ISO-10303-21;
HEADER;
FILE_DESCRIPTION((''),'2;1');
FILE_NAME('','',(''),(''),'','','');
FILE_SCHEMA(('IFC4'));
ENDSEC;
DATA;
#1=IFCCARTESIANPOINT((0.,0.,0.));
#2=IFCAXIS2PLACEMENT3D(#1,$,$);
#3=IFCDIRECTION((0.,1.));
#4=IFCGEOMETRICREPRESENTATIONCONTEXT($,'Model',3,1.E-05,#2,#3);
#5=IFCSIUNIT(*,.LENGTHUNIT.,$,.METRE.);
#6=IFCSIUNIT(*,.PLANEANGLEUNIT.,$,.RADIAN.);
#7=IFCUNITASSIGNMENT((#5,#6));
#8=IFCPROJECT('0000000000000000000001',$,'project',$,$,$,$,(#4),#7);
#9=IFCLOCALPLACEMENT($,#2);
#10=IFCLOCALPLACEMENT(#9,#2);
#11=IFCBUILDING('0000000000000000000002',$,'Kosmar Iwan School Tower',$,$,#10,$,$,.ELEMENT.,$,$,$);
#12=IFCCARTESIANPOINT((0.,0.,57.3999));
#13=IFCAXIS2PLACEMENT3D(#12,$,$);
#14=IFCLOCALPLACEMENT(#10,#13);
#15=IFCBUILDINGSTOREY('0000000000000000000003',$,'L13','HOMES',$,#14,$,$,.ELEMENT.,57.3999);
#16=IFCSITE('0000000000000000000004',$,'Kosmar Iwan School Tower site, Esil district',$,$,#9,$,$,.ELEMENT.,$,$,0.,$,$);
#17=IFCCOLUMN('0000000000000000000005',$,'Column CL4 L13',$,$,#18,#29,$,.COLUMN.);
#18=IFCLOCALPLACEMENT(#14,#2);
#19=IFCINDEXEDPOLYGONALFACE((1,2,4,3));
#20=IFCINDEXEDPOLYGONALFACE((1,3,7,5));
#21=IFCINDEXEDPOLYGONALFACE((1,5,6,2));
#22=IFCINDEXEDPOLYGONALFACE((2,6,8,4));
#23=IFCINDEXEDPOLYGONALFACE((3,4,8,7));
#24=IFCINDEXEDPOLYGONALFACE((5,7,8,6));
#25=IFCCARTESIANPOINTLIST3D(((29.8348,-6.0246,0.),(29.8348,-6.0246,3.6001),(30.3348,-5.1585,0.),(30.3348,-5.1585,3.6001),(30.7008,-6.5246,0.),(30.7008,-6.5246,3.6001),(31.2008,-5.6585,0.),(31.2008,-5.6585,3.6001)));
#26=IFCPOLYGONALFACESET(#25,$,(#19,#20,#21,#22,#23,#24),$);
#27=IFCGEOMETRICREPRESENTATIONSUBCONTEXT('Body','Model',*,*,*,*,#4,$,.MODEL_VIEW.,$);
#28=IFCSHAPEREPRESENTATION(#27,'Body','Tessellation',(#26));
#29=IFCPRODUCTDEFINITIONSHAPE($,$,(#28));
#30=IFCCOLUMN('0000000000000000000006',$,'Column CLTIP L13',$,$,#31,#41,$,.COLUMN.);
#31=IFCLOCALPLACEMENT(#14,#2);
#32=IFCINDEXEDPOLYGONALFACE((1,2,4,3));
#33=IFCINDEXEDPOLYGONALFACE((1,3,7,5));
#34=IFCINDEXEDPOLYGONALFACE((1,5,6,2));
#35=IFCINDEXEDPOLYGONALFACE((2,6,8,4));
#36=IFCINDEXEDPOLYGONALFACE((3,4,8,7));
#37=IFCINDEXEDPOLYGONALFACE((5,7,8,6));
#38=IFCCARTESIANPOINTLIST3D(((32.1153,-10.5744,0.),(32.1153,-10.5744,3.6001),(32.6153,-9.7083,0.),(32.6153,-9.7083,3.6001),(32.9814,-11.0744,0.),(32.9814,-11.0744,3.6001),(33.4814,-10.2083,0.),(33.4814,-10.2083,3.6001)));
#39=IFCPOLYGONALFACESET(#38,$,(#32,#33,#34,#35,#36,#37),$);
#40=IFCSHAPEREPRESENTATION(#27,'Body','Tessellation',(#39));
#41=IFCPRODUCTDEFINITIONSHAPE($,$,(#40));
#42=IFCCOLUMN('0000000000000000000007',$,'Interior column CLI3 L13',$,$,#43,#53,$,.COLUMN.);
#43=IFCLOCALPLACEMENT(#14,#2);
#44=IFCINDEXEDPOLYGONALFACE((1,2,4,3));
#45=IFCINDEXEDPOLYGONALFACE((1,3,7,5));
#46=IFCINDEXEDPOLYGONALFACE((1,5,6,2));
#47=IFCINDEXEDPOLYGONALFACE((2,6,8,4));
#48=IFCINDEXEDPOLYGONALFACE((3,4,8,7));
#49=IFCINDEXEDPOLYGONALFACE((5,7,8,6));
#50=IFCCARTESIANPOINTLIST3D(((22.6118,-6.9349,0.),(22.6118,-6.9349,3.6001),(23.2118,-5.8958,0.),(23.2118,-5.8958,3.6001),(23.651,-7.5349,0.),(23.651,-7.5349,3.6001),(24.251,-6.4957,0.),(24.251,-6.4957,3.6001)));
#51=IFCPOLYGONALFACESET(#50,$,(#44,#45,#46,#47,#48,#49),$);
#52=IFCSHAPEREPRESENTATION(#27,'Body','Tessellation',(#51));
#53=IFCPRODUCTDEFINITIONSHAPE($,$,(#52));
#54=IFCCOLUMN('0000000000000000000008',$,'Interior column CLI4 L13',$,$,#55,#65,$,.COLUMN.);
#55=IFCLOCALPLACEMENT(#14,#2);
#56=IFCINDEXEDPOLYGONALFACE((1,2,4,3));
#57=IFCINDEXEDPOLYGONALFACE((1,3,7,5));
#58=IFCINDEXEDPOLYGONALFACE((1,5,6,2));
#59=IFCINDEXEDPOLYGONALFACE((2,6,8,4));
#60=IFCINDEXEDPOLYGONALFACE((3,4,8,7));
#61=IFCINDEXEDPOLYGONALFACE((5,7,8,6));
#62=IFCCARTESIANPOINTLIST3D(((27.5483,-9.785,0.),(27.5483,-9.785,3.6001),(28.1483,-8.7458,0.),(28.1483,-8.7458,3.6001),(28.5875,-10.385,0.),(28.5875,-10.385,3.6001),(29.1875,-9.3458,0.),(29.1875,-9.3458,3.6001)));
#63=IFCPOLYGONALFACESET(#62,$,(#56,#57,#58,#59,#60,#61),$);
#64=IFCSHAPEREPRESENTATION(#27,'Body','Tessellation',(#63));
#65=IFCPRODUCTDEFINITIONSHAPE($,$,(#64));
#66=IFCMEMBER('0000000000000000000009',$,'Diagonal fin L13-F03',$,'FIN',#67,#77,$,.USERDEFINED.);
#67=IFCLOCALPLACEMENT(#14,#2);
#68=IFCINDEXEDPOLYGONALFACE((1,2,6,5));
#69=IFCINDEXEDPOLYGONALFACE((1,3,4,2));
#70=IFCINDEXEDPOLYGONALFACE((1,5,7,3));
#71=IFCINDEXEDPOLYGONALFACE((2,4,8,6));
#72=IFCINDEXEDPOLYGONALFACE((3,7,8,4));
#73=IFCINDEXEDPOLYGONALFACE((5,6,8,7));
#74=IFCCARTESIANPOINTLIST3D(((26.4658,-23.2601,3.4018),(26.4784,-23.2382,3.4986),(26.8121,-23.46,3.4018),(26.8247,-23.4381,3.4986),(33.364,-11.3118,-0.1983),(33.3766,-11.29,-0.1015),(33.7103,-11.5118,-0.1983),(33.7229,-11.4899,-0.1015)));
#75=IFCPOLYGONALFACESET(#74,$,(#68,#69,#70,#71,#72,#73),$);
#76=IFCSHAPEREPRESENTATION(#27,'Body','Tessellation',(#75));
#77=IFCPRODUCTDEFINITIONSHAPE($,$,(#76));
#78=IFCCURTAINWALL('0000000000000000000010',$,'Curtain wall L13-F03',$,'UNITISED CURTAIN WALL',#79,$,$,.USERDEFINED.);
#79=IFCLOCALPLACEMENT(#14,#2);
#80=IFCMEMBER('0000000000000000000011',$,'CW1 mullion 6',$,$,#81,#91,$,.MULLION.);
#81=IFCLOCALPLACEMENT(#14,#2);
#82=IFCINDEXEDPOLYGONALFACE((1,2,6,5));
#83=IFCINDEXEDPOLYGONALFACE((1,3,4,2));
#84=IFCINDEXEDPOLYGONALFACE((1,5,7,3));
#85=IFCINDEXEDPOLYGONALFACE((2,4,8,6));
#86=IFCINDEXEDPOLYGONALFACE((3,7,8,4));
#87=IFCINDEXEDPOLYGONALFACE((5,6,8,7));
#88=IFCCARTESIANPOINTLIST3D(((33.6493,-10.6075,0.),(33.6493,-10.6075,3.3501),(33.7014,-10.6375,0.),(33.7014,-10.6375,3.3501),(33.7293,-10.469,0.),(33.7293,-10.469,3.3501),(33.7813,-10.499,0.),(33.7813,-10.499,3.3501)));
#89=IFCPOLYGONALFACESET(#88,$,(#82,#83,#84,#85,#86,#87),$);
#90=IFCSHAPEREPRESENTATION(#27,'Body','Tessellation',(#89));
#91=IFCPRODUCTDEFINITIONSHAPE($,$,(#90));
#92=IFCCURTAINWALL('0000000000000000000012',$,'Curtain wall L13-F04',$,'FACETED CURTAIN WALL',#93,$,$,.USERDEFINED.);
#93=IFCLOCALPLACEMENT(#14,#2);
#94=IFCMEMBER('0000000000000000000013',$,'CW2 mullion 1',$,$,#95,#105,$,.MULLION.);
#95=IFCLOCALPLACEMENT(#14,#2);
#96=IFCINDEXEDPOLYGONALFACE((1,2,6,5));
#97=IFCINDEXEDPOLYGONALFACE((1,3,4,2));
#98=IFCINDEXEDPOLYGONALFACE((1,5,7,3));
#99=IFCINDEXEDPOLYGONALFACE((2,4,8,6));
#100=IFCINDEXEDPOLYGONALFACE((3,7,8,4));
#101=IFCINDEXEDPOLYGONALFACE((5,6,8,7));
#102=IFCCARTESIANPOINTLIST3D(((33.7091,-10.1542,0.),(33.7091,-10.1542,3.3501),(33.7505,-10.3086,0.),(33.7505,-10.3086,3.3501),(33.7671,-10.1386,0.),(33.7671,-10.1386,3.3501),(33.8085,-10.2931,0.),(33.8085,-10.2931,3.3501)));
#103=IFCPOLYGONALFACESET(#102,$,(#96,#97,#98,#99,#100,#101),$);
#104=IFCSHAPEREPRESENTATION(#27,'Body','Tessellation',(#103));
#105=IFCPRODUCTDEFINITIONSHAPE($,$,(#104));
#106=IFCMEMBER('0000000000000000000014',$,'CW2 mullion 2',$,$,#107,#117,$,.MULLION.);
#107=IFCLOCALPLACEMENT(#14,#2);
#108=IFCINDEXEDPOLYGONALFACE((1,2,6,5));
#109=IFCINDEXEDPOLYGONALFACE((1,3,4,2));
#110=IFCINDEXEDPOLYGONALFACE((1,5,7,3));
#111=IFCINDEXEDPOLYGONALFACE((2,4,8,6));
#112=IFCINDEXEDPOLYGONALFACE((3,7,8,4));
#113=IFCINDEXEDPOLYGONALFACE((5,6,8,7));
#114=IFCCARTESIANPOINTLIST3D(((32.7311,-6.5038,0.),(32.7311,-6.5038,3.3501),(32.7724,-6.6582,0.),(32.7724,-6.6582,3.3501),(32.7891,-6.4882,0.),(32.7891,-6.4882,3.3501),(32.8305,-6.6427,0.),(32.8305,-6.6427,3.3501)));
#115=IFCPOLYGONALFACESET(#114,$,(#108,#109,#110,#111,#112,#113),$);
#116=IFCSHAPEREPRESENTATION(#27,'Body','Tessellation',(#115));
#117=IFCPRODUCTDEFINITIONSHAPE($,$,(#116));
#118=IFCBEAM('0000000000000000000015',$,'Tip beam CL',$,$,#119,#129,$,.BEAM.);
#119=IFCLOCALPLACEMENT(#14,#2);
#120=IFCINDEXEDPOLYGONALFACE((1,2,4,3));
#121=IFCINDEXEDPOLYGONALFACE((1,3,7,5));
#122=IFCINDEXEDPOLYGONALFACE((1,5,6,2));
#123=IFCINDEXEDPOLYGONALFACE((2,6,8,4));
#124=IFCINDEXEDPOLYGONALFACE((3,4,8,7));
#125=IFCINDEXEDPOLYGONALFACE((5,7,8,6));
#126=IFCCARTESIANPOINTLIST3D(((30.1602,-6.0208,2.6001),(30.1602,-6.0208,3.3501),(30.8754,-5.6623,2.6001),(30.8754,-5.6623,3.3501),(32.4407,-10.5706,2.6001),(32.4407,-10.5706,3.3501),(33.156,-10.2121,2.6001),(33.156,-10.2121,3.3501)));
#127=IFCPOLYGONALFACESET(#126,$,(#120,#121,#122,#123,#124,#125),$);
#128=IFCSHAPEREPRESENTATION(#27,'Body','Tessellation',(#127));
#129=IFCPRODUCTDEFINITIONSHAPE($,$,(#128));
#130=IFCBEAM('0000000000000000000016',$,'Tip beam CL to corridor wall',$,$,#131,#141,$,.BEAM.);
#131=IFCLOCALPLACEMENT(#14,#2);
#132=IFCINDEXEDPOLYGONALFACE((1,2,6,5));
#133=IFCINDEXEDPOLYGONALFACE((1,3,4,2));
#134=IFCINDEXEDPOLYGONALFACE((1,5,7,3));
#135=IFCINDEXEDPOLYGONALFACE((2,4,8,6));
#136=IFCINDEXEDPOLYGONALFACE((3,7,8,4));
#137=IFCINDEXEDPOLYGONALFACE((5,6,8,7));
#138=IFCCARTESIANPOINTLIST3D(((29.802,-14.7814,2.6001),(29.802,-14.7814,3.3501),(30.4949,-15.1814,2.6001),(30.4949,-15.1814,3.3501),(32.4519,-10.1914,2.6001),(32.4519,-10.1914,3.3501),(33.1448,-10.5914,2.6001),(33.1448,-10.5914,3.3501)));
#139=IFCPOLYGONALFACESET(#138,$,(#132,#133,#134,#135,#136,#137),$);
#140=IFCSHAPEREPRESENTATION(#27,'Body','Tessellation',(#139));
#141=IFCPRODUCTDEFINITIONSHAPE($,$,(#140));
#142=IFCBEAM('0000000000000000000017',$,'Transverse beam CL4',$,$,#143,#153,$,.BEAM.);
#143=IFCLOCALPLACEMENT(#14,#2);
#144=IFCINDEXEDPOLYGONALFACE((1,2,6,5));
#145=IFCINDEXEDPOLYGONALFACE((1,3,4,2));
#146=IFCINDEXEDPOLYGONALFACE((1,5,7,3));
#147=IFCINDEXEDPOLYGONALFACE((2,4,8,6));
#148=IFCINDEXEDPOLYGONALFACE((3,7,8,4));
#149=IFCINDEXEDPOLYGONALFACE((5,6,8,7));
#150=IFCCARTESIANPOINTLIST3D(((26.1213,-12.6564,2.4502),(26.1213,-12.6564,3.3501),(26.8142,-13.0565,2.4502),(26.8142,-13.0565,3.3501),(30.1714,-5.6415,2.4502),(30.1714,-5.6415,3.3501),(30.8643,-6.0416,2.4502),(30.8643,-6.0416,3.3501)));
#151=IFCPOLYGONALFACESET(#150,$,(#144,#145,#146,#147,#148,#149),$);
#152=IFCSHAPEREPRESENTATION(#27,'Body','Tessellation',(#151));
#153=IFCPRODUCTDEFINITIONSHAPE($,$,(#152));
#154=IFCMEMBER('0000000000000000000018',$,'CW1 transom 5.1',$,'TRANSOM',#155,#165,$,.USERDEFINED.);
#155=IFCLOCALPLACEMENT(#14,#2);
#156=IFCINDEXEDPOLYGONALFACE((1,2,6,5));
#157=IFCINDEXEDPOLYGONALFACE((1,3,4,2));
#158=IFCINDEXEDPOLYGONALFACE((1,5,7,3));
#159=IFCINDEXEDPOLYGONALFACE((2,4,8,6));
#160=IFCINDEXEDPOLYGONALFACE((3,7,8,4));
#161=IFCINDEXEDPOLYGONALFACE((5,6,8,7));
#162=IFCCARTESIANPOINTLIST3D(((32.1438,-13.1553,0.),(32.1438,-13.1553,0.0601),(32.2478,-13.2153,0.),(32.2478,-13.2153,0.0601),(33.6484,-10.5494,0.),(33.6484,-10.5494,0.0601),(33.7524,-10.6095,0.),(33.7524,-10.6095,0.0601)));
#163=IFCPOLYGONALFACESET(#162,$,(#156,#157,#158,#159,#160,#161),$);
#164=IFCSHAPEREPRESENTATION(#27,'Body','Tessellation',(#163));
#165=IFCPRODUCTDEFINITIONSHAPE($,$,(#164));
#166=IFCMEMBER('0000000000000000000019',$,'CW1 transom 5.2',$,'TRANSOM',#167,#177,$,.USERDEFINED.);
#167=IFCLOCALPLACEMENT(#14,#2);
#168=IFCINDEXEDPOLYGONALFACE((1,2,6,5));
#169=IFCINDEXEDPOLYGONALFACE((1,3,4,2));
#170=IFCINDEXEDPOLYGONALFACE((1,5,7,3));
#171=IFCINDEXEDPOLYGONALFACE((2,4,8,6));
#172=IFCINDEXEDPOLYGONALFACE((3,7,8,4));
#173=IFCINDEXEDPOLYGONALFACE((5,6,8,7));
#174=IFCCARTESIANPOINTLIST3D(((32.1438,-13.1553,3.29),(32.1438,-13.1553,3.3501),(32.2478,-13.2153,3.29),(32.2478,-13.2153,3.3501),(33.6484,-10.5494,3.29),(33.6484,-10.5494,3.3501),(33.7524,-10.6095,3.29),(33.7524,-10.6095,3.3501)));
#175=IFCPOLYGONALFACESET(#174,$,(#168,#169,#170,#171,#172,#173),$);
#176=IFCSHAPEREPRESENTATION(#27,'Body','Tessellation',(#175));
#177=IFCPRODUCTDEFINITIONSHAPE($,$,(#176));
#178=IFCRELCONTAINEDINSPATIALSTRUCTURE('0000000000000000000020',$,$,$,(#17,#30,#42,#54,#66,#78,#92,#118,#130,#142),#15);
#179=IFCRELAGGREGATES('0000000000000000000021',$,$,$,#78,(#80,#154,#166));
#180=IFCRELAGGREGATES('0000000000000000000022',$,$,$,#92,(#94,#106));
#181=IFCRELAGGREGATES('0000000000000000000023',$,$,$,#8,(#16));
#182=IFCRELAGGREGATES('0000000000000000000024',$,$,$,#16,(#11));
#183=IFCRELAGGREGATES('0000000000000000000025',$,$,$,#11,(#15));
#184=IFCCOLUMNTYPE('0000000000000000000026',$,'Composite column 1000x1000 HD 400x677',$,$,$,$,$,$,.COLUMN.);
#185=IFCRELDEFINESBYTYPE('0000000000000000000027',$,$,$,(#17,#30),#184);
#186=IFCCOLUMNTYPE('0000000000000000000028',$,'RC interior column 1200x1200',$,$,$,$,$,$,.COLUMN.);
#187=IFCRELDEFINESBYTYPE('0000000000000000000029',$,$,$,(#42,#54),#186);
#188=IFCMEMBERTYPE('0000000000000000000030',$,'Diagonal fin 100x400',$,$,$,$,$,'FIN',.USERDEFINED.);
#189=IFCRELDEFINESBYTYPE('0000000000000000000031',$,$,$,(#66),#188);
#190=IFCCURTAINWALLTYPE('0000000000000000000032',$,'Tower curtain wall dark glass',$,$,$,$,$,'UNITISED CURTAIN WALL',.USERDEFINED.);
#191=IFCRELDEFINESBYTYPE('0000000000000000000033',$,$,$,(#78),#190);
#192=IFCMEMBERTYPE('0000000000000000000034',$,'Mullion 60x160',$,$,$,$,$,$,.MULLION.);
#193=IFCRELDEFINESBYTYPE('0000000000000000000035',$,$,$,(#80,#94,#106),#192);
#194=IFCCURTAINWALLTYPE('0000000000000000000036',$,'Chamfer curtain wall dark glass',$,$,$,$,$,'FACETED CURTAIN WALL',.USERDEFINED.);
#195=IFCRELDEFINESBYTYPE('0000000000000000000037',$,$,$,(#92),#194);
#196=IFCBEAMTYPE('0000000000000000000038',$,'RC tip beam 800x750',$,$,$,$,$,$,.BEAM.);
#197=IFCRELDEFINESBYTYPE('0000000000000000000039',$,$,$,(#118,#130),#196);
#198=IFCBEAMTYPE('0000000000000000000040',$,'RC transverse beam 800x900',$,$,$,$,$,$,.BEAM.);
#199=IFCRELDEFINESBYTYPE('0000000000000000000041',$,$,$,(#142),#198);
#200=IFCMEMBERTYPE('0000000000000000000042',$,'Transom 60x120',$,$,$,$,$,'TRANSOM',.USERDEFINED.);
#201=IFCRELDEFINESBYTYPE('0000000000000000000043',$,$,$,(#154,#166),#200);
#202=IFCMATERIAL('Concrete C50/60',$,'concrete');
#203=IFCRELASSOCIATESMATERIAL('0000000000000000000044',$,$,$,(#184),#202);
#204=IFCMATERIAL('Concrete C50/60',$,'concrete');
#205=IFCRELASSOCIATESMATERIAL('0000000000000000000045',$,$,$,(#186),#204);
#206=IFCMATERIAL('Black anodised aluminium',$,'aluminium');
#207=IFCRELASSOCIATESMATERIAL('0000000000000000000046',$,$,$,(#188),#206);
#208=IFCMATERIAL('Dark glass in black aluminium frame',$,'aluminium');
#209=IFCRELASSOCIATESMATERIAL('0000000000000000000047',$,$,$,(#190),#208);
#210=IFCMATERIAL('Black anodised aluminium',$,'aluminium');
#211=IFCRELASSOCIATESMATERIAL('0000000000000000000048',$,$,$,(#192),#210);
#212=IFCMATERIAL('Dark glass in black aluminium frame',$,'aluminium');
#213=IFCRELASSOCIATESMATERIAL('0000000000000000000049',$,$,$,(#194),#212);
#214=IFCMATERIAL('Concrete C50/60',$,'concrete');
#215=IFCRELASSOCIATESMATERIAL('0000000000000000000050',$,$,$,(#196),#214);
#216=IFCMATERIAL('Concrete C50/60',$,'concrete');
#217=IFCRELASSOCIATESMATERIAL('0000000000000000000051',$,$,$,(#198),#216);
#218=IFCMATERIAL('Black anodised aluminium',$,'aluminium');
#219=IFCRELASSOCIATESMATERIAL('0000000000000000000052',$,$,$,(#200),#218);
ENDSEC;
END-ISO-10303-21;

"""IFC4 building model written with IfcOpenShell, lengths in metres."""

from ifc_helpers import new_model, si_unit, direction, frame, origin, origin_2d, place, context, subcontext, project, spatial, rectangle, extrude, material, material_profile, profile_set, type_object, element, aggregate, save


model = new_model("IFC4")

# Units and contexts
model_context = context("Model", 3, precision=1e-05, world=origin(), true_north=direction((0.0, 1.0)))
body_context = subcontext(model_context, "Body", "Model", "MODEL_VIEW")
ifc_project = project(units=[si_unit("LENGTHUNIT", "METRE"), si_unit("PLANEANGLEUNIT", "RADIAN")], contexts=[model_context])

# Site, building, storey
site_placement = place(None, origin())
site = spatial("IfcSite", under=ifc_project, at=site_placement, Name="Kosmar Iwan School Tower site, Esil district", CompositionType="ELEMENT", RefElevation=0.0)
building_placement = place(site_placement, origin())
building = spatial("IfcBuilding", under=site, at=building_placement, Name="Kosmar Iwan School Tower", CompositionType="ELEMENT")
storey_placement = place(building_placement, frame((0.0, 0.0, 57.3999)))
storey = spatial("IfcBuildingStorey", under=building, at=storey_placement, Name="L13", Description="HOMES", CompositionType="ELEMENT", Elevation=57.3999)

# Columns
ifc_material_1 = material(Name="Concrete C50/60", Category="concrete")
ifc_material_profile_1 = material_profile(ifc_material_1, rectangle(XDim=1.0, YDim=1.0, at=origin_2d()), Name="RC 1000x1000 + HD 400x677")
ifc_profile_set_1 = profile_set([ifc_material_profile_1], Name="Concrete C50/60")
column_type_1 = type_object("IfcColumnType", Name="Composite column 1000x1000 HD 400x677", PredefinedType="COLUMN", material=ifc_profile_set_1)
for number, where, z_axis, x_axis, name in (
    (1, (30.5178, -5.8416, 0.0), (0.0, 0.0, 1.0), (0.866025, -0.5, 0.0), "Column CL4 L13"),
    (2, (32.7983, -10.3914, 0.0), (0.0, 0.0, 1.0), (0.866025, -0.5, 0.0), "Column CLTIP L13"),
):
    element("IfcColumn", number, at=place(storey_placement, frame(where, z_axis=z_axis, x_axis=x_axis)), inside=storey, type_object=column_type_1, Name=name, PredefinedType="COLUMN", context=body_context, shape_type="SweptSolid", body=[
        extrude(rectangle(XDim=1.0, YDim=1.0, at=origin_2d()), origin(), (0.0, 0.0, 1.0), 3.6001),
    ])
ifc_material_2 = material(Name="Concrete C50/60", Category="concrete")
ifc_material_profile_2 = material_profile(ifc_material_2, rectangle(XDim=1.2, YDim=1.2, at=origin_2d()), Name="RC 1200x1200")
ifc_profile_set_2 = profile_set([ifc_material_profile_2], Name="Concrete C50/60")
column_type_2 = type_object("IfcColumnType", Name="RC interior column 1200x1200", PredefinedType="COLUMN", material=ifc_profile_set_2)
for number, where, z_axis, x_axis, name in (
    (3, (23.4314, -6.7153, 0.0), (0.0, 0.0, 1.0), (0.866025, -0.5, 0.0), "Interior column CLI3 L13"),
    (4, (28.3679, -9.5654, 0.0), (0.0, 0.0, 1.0), (0.866025, -0.5, 0.0), "Interior column CLI4 L13"),
):
    element("IfcColumn", number, at=place(storey_placement, frame(where, z_axis=z_axis, x_axis=x_axis)), inside=storey, type_object=column_type_2, Name=name, PredefinedType="COLUMN", context=body_context, shape_type="SweptSolid", body=[
        extrude(rectangle(XDim=1.2, YDim=1.2, at=origin_2d()), origin(), (0.0, 0.0, 1.0), 3.6001),
    ])

# Member
ifc_material_3 = material(Name="Black anodised aluminium", Category="aluminium")
ifc_material_profile_3 = material_profile(ifc_material_3, rectangle(XDim=0.1001, YDim=0.3999, at=origin_2d()), Name="FIN 100x400")
ifc_profile_set_3 = profile_set([ifc_material_profile_3], Name="Black anodised aluminium")
member_type_1 = type_object("IfcMemberType", Name="Diagonal fin 100x400", ElementType="FIN", PredefinedType="USERDEFINED", material=ifc_profile_set_3)
member_1_placement = place(storey_placement, frame((33.5435, -11.4009, -0.1499), z_axis=(-0.483793, -0.83797, 0.252487), x_axis=(0.126242, 0.218661, 0.9676)))
element("IfcMember", 5, at=member_1_placement, inside=storey, type_object=member_type_1, Name="Diagonal fin L13-F03", ObjectType="FIN", PredefinedType="USERDEFINED", context=body_context, shape_type="SweptSolid", body=[
    extrude(rectangle(XDim=0.1001, YDim=0.3999, at=origin_2d()), origin(), (0.0, 0.0, 1.0), 14.2585),
])

# Curtain wall, member
ifc_material_4 = material(Name="Dark glass in black aluminium frame", Category="aluminium")
curtain_wall_type_1 = type_object("IfcCurtainWallType", Name="Tower curtain wall dark glass", ElementType="UNITISED CURTAIN WALL", PredefinedType="USERDEFINED", material=ifc_material_4)
curtain_wall_1_placement = place(storey_placement, origin())
curtain_wall_1 = element("IfcCurtainWall", 6, at=curtain_wall_1_placement, inside=storey, type_object=curtain_wall_type_1, Name="Curtain wall L13-F03", ObjectType="UNITISED CURTAIN WALL", PredefinedType="USERDEFINED")
ifc_material_5 = material(Name="Black anodised aluminium", Category="aluminium")
ifc_material_profile_4 = material_profile(ifc_material_5, rectangle(XDim=0.0601, YDim=0.1599, at=origin_2d()), Name="MULLION 60x160")
ifc_profile_set_4 = profile_set([ifc_material_profile_4], Name="Black anodised aluminium")
member_type_2 = type_object("IfcMemberType", Name="Mullion 60x160", PredefinedType="MULLION", material=ifc_profile_set_4)
member_2_placement = place(storey_placement, frame((33.7153, -10.5532, 0.0), z_axis=(0.0, 0.0, 1.0), x_axis=(-0.866025, 0.5, 0.0)))
member_2 = element("IfcMember", 7, at=member_2_placement, type_object=member_type_2, Name="CW1 mullion 6", PredefinedType="MULLION", context=body_context, shape_type="SweptSolid", body=[
    extrude(rectangle(XDim=0.0601, YDim=0.1599, at=origin_2d()), origin(), (0.0, 0.0, 1.0), 3.3501),
])

# Curtain wall, members
ifc_material_6 = material(Name="Dark glass in black aluminium frame", Category="aluminium")
curtain_wall_type_2 = type_object("IfcCurtainWallType", Name="Chamfer curtain wall dark glass", ElementType="FACETED CURTAIN WALL", PredefinedType="USERDEFINED", material=ifc_material_6)
curtain_wall_2_placement = place(storey_placement, origin())
curtain_wall_2 = element("IfcCurtainWall", 8, at=curtain_wall_2_placement, inside=storey, type_object=curtain_wall_type_2, Name="Curtain wall L13-F04", ObjectType="FACETED CURTAIN WALL", PredefinedType="USERDEFINED")
member_3_placement = place(storey_placement, frame((33.7588, -10.2236, 0.0), z_axis=(0.0, 0.0, 1.0), x_axis=(-0.965926, -0.258819, 0.0)))
member_3 = element("IfcMember", 9, at=member_3_placement, type_object=member_type_2, Name="CW2 mullion 1", PredefinedType="MULLION", context=body_context, shape_type="SweptSolid", body=[
    extrude(rectangle(XDim=0.0601, YDim=0.1599, at=origin_2d()), origin(), (0.0, 0.0, 1.0), 3.3501),
])
member_4_placement = place(storey_placement, frame((32.7808, -6.5732, 0.0), z_axis=(0.0, 0.0, 1.0), x_axis=(-0.965926, -0.258819, 0.0)))
member_4 = element("IfcMember", 10, at=member_4_placement, type_object=member_type_2, Name="CW2 mullion 2", PredefinedType="MULLION", context=body_context, shape_type="SweptSolid", body=[
    extrude(rectangle(XDim=0.0601, YDim=0.1599, at=origin_2d()), origin(), (0.0, 0.0, 1.0), 3.3501),
])

# Beams
ifc_material_7 = material(Name="Concrete C50/60", Category="concrete")
ifc_material_profile_5 = material_profile(ifc_material_7, rectangle(XDim=0.8, YDim=0.75, at=origin_2d()), Name="RC 800x750")
ifc_profile_set_5 = profile_set([ifc_material_profile_5], Name="Concrete C50/60")
beam_type_1 = type_object("IfcBeamType", Name="RC tip beam 800x750", PredefinedType="BEAM", material=ifc_profile_set_5)
beam_1_placement = place(storey_placement, frame((30.5178, -5.8416, 2.9751), z_axis=(0.448096, -0.893985, 0.0), x_axis=(0.893985, 0.448096, 0.0)))
element("IfcBeam", 11, at=beam_1_placement, inside=storey, type_object=beam_type_1, Name="Tip beam CL", PredefinedType="BEAM", context=body_context, shape_type="SweptSolid", body=[
    extrude(rectangle(XDim=0.8, YDim=0.75, at=origin_2d()), origin(), (0.0, 0.0, 1.0), 5.0894),
])
beam_2_placement = place(storey_placement, frame((32.7983, -10.3914, 2.9751), z_axis=(-0.499974, -0.866041, 0.0), x_axis=(0.866041, -0.499974, 0.0)))
element("IfcBeam", 12, at=beam_2_placement, inside=storey, type_object=beam_type_1, Name="Tip beam CL to corridor wall", PredefinedType="BEAM", context=body_context, shape_type="SweptSolid", body=[
    extrude(rectangle(XDim=0.8, YDim=0.75, at=origin_2d()), origin(), (0.0, 0.0, 1.0), 5.3),
])
ifc_material_8 = material(Name="Concrete C50/60", Category="concrete")
ifc_material_profile_6 = material_profile(ifc_material_8, rectangle(XDim=0.8, YDim=0.8999, at=origin_2d()), Name="RC 800x900")
ifc_profile_set_6 = profile_set([ifc_material_profile_6], Name="Concrete C50/60")
beam_type_2 = type_object("IfcBeamType", Name="RC transverse beam 800x900", PredefinedType="BEAM", material=ifc_profile_set_6)
beam_3_placement = place(storey_placement, frame((30.5178, -5.8416, 2.9001), z_axis=(-0.5, -0.866025, 0.0), x_axis=(0.866025, -0.5, 0.0)))
element("IfcBeam", 13, at=beam_3_placement, inside=storey, type_object=beam_type_2, Name="Transverse beam CL4", PredefinedType="BEAM", context=body_context, shape_type="SweptSolid", body=[
    extrude(rectangle(XDim=0.8, YDim=0.8999, at=origin_2d()), origin(), (0.0, 0.0, 1.0), 8.1001),
])

# Members
ifc_material_9 = material(Name="Black anodised aluminium", Category="aluminium")
ifc_material_profile_7 = material_profile(ifc_material_9, rectangle(XDim=0.1201, YDim=0.0601, at=origin_2d()), Name="TRANSOM 60x120")
ifc_profile_set_7 = profile_set([ifc_material_profile_7], Name="Black anodised aluminium")
member_type_3 = type_object("IfcMemberType", Name="Transom 60x120", ElementType="TRANSOM", PredefinedType="USERDEFINED", material=ifc_profile_set_7)
member_5_placement = place(storey_placement, frame((32.1958, -13.1853, 0.03), z_axis=(0.500022, 0.866013, 0.0), x_axis=(-0.866013, 0.500022, 0.0)))
member_5 = element("IfcMember", 14, at=member_5_placement, type_object=member_type_3, Name="CW1 transom 5.1", ObjectType="TRANSOM", PredefinedType="USERDEFINED", context=body_context, shape_type="SweptSolid", body=[
    extrude(rectangle(XDim=0.1201, YDim=0.0601, at=origin_2d()), origin(), (0.0, 0.0, 1.0), 3.009),
])
member_6_placement = place(storey_placement, frame((32.1958, -13.1853, 3.3201), z_axis=(0.500022, 0.866013, 0.0), x_axis=(-0.866013, 0.500022, 0.0)))
member_6 = element("IfcMember", 15, at=member_6_placement, type_object=member_type_3, Name="CW1 transom 5.2", ObjectType="TRANSOM", PredefinedType="USERDEFINED", context=body_context, shape_type="SweptSolid", body=[
    extrude(rectangle(XDim=0.1201, YDim=0.0601, at=origin_2d()), origin(), (0.0, 0.0, 1.0), 3.009),
])

aggregate(curtain_wall_1, [member_2, member_5, member_6])
aggregate(curtain_wall_2, [member_3, member_4])

save(model, "model.ifc")
